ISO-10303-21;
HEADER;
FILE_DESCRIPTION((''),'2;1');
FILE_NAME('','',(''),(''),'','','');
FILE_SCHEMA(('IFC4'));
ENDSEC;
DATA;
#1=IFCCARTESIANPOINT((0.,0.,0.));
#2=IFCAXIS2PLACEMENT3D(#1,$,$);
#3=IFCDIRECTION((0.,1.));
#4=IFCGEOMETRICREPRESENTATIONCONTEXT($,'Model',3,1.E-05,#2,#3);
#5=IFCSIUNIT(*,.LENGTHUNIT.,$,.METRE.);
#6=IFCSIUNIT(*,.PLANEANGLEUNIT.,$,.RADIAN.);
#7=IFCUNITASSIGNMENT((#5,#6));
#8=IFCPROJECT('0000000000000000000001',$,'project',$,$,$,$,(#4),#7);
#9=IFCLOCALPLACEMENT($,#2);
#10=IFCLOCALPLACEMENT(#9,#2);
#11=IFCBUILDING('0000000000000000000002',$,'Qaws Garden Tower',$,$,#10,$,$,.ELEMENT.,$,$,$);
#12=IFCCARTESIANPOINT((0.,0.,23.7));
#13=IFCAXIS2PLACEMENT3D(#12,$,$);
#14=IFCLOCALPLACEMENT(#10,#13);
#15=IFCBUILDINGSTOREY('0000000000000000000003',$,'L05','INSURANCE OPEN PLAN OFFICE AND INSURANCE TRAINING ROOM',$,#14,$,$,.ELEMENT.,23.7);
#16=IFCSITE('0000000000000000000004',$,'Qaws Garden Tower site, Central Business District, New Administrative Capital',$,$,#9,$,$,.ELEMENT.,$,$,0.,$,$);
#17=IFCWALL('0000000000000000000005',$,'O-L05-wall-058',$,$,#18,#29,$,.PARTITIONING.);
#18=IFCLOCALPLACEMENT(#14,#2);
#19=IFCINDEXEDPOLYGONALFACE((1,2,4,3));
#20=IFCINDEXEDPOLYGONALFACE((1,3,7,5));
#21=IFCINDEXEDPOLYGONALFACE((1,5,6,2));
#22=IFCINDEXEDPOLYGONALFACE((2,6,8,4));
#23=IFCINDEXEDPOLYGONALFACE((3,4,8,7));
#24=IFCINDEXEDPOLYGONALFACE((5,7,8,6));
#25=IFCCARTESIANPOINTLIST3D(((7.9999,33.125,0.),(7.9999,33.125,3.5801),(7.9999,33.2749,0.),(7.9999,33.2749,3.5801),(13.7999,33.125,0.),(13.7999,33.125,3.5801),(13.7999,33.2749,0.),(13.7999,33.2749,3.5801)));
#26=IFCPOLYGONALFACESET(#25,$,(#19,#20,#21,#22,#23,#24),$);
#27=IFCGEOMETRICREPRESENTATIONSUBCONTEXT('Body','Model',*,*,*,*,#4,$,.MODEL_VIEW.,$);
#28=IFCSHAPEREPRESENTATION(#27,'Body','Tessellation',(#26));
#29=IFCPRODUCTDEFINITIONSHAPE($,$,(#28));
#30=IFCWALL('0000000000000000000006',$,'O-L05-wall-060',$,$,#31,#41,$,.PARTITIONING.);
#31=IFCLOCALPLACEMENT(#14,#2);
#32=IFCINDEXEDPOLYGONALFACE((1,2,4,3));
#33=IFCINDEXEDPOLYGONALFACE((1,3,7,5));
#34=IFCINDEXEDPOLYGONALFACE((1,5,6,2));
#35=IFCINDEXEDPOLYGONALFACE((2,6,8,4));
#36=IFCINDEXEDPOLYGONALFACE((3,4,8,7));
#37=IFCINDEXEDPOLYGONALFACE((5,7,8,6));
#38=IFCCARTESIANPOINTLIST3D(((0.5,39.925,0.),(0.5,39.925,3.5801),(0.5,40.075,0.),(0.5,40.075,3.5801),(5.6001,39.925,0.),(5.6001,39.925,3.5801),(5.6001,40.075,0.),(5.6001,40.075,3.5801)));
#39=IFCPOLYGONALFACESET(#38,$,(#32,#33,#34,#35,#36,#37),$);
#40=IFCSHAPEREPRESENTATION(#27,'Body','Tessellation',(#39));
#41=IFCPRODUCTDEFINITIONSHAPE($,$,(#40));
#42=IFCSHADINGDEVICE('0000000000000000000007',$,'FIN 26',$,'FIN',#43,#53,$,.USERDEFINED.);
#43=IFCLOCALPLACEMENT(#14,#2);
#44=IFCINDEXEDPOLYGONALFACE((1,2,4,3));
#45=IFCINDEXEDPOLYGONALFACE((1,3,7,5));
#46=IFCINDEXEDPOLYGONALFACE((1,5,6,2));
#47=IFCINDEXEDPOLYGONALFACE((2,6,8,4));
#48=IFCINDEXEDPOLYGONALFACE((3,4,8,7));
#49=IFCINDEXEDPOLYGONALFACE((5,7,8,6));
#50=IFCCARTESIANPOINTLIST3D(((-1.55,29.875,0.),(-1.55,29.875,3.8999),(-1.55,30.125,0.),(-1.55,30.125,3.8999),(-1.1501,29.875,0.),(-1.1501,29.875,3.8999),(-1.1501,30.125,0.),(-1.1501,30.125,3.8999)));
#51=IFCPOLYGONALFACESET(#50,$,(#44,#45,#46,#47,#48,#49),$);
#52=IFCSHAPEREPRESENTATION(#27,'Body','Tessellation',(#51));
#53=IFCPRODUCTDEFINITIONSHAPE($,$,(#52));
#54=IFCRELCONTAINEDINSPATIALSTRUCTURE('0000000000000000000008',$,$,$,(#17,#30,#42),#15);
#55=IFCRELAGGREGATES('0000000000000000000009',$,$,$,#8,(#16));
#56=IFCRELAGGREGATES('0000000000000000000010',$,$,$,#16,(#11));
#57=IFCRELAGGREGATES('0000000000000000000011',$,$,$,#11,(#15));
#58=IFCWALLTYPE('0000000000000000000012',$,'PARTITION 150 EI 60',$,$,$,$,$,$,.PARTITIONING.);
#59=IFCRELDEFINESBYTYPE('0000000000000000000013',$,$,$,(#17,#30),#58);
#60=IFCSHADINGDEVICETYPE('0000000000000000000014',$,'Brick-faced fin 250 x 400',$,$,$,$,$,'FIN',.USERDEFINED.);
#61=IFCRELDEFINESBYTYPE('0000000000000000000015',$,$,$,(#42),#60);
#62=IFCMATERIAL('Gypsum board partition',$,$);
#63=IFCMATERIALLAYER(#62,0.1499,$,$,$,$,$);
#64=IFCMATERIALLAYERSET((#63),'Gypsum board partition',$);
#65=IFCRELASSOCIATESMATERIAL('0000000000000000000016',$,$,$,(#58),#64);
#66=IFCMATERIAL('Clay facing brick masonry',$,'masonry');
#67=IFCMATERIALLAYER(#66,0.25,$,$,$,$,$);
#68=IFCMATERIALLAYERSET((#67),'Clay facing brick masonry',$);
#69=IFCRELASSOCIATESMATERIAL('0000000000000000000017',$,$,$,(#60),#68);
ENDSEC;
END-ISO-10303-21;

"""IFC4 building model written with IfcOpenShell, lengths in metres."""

from ifc_helpers import new_model, si_unit, direction, frame, frame_2d, origin, origin_2d, place, context, subcontext, project, spatial, rectangle, extrude, material, layer, layer_set, type_object, element, save


model = new_model("IFC4")

# Units and contexts
model_context = context("Model", 3, precision=1e-05, world=origin(), true_north=direction((0.0, 1.0)))
body_context = subcontext(model_context, "Body", "Model", "MODEL_VIEW")
ifc_project = project(units=[si_unit("LENGTHUNIT", "METRE"), si_unit("PLANEANGLEUNIT", "RADIAN")], contexts=[model_context])

# Site, building, storey
site_placement = place(None, origin())
site = spatial("IfcSite", under=ifc_project, at=site_placement, Name="Qaws Garden Tower site, Central Business District, New Administrative Capital", CompositionType="ELEMENT", RefElevation=0.0)
building_placement = place(site_placement, origin())
building = spatial("IfcBuilding", under=site, at=building_placement, Name="Qaws Garden Tower", CompositionType="ELEMENT")
storey_placement = place(building_placement, frame((0.0, 0.0, 23.7)))
storey = spatial("IfcBuildingStorey", under=building, at=storey_placement, Name="L05", Description="INSURANCE OPEN PLAN OFFICE AND INSURANCE TRAINING ROOM", CompositionType="ELEMENT", Elevation=23.7)

# Shared definitions
ifc_material_1 = material(Name="Gypsum board partition")
ifc_layer_1 = layer(ifc_material_1, 0.1499)
ifc_layer_set_1 = layer_set([ifc_layer_1], Name="Gypsum board partition")
wall_type_1 = type_object("IfcWallType", Name="PARTITION 150 EI 60", PredefinedType="PARTITIONING", material=ifc_layer_set_1)

# Walls
wall_1_placement = place(storey_placement, frame((8.0, 33.2, 0.0), z_axis=(0.0, 0.0, 1.0), x_axis=(1.0, 0.0, 0.0)))
element("IfcWall", 1, at=wall_1_placement, inside=storey, type_object=wall_type_1, Name="O-L05-wall-058", PredefinedType="PARTITIONING", context=body_context, shape_type="SweptSolid", body=[
    extrude(rectangle(XDim=5.8, YDim=0.1499, at=frame_2d((2.8999, 0.0))), origin(), (0.0, 0.0, 1.0), 3.5801),
])
wall_2_placement = place(storey_placement, frame((0.5, 40.0, 0.0), z_axis=(0.0, 0.0, 1.0), x_axis=(1.0, 0.0, 0.0)))
element("IfcWall", 2, at=wall_2_placement, inside=storey, type_object=wall_type_1, Name="O-L05-wall-060", PredefinedType="PARTITIONING", context=body_context, shape_type="SweptSolid", body=[
    extrude(rectangle(XDim=5.1001, YDim=0.1499, at=frame_2d((2.55, 0.0))), origin(), (0.0, 0.0, 1.0), 3.5801),
])

# Shading device
ifc_material_2 = material(Name="Clay facing brick masonry", Category="masonry")
ifc_layer_2 = layer(ifc_material_2, 0.25)
ifc_layer_set_2 = layer_set([ifc_layer_2], Name="Clay facing brick masonry")
shading_device_type = type_object("IfcShadingDeviceType", Name="Brick-faced fin 250 x 400", ElementType="FIN", PredefinedType="USERDEFINED", material=ifc_layer_set_2)
shading_device_placement = place(storey_placement, frame((-1.3501, 30.0, 0.0), z_axis=(0.0, 0.0, 1.0), x_axis=(0.0, -1.0, 0.0)))
element("IfcShadingDevice", 3, at=shading_device_placement, inside=storey, type_object=shading_device_type, Name="FIN 26", ObjectType="FIN", PredefinedType="USERDEFINED", context=body_context, shape_type="SweptSolid", body=[
    extrude(rectangle(XDim=0.25, YDim=0.3999, at=origin_2d()), origin(), (0.0, 0.0, 1.0), 3.8999),
])

save(model, "model.ifc")
